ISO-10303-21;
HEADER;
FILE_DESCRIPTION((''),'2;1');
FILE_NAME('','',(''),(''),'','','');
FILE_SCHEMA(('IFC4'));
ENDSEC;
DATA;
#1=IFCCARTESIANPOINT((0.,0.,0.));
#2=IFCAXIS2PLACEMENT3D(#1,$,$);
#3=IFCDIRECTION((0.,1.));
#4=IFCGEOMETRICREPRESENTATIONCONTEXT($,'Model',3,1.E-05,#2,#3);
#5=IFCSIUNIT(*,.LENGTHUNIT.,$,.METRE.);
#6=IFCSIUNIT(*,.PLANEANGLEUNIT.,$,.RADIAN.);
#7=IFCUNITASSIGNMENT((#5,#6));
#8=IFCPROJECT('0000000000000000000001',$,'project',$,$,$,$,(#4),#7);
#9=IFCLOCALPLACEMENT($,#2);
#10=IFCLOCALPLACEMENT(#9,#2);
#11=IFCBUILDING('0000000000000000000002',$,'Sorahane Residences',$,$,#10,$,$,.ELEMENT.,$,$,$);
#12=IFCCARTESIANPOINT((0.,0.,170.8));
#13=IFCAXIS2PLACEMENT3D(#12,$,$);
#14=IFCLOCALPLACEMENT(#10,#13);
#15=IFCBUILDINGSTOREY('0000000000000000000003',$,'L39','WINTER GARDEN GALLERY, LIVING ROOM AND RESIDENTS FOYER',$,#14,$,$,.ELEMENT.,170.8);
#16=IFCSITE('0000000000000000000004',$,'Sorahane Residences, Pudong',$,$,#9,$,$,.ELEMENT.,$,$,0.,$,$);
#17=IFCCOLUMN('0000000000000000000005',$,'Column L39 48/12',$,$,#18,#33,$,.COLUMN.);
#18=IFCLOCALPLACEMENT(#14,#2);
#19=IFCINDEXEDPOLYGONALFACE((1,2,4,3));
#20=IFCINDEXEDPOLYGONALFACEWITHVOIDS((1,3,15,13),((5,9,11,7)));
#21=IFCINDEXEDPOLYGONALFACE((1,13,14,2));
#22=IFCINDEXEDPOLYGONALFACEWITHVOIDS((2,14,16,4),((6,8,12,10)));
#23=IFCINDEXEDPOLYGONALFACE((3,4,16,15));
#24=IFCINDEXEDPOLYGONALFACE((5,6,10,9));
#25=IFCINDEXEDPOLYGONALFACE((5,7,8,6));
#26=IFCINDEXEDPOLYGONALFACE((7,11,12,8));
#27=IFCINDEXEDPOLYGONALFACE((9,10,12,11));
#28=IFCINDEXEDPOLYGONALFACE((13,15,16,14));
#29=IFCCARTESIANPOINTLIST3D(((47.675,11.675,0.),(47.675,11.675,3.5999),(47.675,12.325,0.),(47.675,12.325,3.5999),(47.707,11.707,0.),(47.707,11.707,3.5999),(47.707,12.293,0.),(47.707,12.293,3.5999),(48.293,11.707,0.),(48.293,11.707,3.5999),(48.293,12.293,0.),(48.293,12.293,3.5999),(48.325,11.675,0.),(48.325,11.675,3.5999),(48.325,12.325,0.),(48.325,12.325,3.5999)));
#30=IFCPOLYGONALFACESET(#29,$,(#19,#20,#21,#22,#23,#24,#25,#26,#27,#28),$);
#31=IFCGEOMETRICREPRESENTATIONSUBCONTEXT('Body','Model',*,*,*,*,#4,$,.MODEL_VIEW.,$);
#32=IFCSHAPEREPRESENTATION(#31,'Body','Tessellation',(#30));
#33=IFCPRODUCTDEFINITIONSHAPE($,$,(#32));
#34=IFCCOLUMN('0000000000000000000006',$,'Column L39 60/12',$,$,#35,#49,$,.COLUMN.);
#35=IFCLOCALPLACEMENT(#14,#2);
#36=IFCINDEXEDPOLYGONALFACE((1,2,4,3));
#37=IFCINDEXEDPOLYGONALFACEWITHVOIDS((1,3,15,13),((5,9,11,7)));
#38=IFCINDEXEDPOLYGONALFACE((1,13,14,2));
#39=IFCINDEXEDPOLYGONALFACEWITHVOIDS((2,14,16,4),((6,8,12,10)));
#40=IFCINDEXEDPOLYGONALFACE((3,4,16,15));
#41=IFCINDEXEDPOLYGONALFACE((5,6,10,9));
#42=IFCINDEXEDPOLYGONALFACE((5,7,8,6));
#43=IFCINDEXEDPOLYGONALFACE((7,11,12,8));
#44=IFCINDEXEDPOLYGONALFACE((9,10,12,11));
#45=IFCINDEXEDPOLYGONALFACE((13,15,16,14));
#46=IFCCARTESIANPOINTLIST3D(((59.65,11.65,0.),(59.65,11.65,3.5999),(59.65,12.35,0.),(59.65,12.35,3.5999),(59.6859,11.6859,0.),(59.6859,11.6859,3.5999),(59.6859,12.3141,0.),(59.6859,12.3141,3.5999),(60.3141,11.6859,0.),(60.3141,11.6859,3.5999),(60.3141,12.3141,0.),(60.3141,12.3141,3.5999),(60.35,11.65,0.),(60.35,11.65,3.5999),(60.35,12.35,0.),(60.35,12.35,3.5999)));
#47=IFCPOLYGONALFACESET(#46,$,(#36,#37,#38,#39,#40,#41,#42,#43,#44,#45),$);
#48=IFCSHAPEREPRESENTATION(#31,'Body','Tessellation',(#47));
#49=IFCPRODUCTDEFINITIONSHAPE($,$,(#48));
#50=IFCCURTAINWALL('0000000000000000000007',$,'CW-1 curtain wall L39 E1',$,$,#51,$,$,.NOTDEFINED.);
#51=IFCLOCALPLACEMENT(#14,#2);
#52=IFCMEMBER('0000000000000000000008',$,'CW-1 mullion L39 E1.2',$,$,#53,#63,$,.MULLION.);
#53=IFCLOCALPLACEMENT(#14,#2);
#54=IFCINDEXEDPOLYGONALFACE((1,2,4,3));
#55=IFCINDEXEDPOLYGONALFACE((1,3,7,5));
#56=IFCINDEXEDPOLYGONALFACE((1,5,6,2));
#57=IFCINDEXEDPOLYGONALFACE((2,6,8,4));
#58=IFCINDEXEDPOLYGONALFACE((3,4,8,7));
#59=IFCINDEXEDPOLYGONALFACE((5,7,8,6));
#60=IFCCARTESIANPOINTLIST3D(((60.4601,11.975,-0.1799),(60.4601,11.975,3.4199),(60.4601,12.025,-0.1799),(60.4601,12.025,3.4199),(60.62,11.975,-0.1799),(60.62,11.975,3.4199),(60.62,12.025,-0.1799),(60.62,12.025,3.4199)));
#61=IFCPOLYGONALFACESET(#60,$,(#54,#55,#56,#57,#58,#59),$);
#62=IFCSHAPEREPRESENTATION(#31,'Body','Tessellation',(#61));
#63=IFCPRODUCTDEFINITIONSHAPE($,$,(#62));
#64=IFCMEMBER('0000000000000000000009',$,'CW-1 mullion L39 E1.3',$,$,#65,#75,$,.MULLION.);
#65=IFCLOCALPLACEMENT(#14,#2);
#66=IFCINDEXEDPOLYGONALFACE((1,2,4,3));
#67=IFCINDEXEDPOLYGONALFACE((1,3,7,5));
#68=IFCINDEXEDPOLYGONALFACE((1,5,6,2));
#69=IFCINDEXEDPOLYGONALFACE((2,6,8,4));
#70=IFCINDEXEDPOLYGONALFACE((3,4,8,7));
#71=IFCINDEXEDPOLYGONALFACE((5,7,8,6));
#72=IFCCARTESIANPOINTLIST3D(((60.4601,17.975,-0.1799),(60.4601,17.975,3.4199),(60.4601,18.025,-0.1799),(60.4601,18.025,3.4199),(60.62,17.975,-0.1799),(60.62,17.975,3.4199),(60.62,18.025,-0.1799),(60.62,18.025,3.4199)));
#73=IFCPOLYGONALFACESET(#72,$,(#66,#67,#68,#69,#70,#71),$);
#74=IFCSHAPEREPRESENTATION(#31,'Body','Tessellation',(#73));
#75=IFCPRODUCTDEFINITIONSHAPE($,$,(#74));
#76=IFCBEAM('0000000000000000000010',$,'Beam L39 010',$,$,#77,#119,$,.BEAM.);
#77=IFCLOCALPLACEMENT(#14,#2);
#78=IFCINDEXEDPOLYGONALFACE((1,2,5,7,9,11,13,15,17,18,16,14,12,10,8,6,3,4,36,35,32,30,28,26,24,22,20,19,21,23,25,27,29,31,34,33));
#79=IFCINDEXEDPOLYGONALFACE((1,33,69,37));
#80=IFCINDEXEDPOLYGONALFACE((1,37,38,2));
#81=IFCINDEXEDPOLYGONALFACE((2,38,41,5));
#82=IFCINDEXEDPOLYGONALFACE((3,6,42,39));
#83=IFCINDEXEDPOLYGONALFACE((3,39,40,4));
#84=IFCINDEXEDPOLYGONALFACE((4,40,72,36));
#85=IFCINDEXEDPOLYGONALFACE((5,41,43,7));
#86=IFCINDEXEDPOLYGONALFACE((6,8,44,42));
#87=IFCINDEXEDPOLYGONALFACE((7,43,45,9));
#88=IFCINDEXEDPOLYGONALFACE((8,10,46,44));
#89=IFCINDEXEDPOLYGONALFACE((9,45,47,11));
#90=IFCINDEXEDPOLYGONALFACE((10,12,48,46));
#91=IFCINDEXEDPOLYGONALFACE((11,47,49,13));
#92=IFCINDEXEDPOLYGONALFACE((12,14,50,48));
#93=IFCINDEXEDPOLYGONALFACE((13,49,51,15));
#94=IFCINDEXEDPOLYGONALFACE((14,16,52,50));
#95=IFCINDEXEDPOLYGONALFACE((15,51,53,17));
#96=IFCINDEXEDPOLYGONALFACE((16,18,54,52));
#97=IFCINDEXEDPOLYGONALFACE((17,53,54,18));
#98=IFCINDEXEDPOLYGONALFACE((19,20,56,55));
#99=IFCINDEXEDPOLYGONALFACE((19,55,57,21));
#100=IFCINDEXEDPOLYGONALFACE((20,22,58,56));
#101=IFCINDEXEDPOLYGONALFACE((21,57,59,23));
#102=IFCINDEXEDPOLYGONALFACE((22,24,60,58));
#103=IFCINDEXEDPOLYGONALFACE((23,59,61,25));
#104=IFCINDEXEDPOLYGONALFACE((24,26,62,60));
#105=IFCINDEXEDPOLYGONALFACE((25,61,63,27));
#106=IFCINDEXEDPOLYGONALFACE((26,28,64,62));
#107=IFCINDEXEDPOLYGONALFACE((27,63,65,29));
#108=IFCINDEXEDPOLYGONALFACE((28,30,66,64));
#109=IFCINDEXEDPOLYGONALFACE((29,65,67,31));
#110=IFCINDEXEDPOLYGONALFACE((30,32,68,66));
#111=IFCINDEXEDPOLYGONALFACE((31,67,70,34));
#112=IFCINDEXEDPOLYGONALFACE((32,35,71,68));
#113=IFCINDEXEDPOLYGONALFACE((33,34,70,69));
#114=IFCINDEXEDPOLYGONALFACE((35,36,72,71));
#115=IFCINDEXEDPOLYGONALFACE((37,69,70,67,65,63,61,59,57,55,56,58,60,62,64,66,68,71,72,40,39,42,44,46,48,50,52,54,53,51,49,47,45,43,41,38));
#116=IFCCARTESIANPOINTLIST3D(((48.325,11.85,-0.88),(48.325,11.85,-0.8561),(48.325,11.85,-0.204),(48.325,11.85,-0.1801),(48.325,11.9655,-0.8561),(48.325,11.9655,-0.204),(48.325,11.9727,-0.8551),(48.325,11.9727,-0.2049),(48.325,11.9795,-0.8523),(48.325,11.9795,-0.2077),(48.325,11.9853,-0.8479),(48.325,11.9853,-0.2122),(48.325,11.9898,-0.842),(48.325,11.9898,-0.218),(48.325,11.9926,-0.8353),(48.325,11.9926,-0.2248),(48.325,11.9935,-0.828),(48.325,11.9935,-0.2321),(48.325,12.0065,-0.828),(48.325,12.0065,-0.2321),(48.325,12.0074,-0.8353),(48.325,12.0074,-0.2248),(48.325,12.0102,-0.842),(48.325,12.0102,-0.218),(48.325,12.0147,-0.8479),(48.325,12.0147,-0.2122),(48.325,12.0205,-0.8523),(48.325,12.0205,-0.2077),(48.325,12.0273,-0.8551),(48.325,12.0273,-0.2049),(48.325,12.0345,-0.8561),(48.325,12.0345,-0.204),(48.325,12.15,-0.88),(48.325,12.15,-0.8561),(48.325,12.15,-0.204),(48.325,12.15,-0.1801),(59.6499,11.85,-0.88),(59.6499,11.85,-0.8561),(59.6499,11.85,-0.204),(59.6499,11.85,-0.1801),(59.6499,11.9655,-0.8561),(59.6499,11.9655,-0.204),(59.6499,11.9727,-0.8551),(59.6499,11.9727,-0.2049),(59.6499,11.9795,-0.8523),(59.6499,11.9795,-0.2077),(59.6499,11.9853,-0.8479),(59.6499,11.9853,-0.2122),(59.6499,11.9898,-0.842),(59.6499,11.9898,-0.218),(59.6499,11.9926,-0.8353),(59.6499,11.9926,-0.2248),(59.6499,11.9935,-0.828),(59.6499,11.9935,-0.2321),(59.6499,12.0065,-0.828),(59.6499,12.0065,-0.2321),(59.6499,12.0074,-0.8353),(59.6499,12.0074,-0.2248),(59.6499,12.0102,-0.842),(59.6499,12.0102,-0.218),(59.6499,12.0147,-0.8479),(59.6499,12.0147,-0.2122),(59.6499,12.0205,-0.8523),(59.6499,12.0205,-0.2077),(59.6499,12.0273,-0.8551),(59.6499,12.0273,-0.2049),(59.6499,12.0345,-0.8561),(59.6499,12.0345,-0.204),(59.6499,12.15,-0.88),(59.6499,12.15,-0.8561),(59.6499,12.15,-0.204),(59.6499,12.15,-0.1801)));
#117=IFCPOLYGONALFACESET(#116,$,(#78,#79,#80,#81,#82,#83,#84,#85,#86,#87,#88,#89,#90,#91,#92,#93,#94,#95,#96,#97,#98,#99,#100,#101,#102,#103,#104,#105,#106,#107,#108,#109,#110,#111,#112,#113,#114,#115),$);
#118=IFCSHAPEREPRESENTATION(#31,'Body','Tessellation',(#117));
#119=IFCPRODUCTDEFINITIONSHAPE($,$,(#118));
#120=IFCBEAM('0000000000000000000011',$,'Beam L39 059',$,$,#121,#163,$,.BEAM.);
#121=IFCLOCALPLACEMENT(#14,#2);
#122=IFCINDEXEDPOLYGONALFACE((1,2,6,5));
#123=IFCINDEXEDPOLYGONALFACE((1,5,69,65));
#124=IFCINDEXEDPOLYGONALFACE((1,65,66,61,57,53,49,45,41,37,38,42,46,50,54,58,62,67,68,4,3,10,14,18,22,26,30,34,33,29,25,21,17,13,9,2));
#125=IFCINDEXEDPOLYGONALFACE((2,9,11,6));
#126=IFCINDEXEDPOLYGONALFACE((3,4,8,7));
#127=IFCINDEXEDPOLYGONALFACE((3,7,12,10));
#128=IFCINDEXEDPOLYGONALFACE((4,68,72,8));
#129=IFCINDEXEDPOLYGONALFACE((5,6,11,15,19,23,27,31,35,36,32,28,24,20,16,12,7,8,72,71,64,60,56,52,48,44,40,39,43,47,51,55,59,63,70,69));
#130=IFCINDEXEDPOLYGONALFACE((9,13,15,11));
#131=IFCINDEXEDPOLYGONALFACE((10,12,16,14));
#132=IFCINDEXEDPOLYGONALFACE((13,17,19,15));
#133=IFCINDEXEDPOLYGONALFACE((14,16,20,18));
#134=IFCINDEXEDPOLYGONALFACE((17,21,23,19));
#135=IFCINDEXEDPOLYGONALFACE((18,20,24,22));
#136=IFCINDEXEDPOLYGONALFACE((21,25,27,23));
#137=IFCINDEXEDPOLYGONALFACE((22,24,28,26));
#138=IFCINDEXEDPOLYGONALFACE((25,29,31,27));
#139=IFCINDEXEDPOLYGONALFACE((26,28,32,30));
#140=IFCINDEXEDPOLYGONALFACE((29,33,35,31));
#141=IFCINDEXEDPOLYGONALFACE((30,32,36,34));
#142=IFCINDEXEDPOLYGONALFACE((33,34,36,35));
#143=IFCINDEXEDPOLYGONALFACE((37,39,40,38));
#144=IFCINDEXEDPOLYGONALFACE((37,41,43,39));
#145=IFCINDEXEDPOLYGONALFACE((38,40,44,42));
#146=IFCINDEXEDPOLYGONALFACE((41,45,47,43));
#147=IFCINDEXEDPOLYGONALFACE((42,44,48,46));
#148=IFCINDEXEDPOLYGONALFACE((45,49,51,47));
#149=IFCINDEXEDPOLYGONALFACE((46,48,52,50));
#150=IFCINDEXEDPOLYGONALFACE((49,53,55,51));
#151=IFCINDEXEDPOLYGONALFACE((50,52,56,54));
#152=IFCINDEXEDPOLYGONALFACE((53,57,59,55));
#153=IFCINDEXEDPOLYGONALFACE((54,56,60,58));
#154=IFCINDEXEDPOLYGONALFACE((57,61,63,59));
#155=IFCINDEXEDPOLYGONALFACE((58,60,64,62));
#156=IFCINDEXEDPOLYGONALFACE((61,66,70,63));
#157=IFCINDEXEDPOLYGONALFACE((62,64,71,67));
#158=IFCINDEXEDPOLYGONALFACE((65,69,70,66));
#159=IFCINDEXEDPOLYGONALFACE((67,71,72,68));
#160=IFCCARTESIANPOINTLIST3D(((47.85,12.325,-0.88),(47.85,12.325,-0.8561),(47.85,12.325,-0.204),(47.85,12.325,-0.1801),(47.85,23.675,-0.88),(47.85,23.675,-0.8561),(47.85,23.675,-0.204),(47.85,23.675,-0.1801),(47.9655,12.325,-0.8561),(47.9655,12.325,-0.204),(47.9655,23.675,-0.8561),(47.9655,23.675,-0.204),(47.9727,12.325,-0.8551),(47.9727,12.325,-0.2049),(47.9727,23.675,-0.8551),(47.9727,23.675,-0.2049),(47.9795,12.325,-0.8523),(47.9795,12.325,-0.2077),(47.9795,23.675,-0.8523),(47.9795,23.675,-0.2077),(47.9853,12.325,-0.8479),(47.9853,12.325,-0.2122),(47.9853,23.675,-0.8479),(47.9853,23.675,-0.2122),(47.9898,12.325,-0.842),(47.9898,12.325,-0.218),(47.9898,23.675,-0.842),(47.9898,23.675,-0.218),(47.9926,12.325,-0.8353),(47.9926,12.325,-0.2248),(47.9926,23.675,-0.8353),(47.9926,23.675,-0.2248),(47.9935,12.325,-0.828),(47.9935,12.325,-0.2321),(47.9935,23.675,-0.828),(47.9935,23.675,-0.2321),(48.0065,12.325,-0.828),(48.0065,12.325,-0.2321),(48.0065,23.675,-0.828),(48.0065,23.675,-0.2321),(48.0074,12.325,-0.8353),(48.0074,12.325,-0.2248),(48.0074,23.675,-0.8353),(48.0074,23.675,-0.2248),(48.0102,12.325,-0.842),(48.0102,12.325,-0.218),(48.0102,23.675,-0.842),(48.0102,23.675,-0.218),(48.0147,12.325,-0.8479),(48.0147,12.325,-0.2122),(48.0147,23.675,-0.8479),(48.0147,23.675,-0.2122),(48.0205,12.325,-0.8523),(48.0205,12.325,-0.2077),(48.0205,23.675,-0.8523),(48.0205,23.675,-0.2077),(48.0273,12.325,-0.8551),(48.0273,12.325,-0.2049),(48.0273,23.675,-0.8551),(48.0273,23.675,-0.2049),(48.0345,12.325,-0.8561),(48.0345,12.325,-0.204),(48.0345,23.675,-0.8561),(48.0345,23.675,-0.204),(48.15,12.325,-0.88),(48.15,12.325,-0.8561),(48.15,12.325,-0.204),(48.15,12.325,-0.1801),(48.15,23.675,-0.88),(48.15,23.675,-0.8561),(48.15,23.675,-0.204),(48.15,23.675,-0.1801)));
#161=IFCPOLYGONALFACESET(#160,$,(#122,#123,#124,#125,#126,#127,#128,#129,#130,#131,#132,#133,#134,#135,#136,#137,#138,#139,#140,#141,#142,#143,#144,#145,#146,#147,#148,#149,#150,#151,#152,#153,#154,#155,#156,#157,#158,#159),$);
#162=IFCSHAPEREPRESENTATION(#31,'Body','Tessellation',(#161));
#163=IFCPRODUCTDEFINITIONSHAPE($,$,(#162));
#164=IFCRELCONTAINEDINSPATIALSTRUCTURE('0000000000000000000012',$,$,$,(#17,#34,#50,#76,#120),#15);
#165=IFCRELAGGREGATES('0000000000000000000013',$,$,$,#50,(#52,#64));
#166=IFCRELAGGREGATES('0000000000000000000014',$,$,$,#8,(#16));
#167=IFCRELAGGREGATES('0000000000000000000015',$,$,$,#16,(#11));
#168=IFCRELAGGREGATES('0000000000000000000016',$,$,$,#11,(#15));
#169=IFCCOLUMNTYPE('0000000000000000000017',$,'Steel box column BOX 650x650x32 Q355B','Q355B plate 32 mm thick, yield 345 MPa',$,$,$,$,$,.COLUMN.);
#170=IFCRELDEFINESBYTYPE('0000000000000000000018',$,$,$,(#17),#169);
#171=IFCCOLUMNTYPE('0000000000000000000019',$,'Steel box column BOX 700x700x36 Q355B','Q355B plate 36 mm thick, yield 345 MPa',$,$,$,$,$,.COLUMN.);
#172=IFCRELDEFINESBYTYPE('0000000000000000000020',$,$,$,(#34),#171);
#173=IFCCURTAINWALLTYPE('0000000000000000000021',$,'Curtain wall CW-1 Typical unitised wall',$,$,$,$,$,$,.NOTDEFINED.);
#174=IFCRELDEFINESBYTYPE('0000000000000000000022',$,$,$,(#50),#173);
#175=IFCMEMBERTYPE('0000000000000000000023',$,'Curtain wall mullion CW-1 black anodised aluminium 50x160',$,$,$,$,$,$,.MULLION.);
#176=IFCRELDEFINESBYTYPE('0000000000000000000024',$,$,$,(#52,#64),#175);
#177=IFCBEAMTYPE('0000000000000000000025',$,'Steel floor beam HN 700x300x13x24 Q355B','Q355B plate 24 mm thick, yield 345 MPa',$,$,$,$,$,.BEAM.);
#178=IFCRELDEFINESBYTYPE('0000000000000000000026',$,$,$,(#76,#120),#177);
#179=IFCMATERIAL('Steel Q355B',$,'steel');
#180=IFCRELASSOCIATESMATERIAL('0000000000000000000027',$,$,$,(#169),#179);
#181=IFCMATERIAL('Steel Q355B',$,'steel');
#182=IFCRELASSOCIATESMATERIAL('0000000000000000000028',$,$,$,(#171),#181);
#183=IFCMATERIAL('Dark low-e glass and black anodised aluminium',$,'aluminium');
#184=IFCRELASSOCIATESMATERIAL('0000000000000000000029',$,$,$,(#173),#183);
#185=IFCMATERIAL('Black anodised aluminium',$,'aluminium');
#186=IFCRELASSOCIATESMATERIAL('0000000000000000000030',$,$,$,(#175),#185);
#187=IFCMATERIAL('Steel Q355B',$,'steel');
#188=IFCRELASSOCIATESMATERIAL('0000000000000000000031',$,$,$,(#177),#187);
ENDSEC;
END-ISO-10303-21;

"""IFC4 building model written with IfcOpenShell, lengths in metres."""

from ifc_helpers import new_model, si_unit, direction, frame, origin, origin_2d, place, context, subcontext, project, spatial, rectangle, hollow_rectangle, i_section, extrude, material, material_profile, profile_set, type_object, element, aggregate, save


model = new_model("IFC4")

# Units and contexts
model_context = context("Model", 3, precision=1e-05, world=origin(), true_north=direction((0.0, 1.0)))
body_context = subcontext(model_context, "Body", "Model", "MODEL_VIEW")
ifc_project = project(units=[si_unit("LENGTHUNIT", "METRE"), si_unit("PLANEANGLEUNIT", "RADIAN")], contexts=[model_context])

# Site, building, storey
site_placement = place(None, origin())
site = spatial("IfcSite", under=ifc_project, at=site_placement, Name="Sorahane Residences, Pudong", CompositionType="ELEMENT", RefElevation=0.0)
building_placement = place(site_placement, origin())
building = spatial("IfcBuilding", under=site, at=building_placement, Name="Sorahane Residences", CompositionType="ELEMENT")
storey_placement = place(building_placement, frame((0.0, 0.0, 170.8)))
storey = spatial("IfcBuildingStorey", under=building, at=storey_placement, Name="L39", Description="WINTER GARDEN GALLERY, LIVING ROOM AND RESIDENTS FOYER", CompositionType="ELEMENT", Elevation=170.8)

# Columns
ifc_material_1 = material(Name="Steel Q355B", Category="steel")
ifc_material_profile_1 = material_profile(ifc_material_1, hollow_rectangle(XDim=0.6499, YDim=0.6499, WallThickness=0.032, at=origin_2d()), Name="BOX 650x650x32")
ifc_profile_set_1 = profile_set([ifc_material_profile_1], Name="Steel Q355B")
column_type_1 = type_object("IfcColumnType", Name="Steel box column BOX 650x650x32 Q355B", Description="Q355B plate 32 mm thick, yield 345 MPa", PredefinedType="COLUMN", material=ifc_profile_set_1)
column_1_placement = place(storey_placement, frame((48.0, 12.0, 0.0), z_axis=(0.0, 0.0, 1.0), x_axis=(1.0, 0.0, 0.0)))
element("IfcColumn", 1, at=column_1_placement, inside=storey, type_object=column_type_1, Name="Column L39 48/12", PredefinedType="COLUMN", context=body_context, shape_type="SweptSolid", body=[
    extrude(hollow_rectangle(XDim=0.6499, YDim=0.6499, WallThickness=0.032, at=origin_2d()), origin(), (0.0, 0.0, 1.0), 3.5999),
])
ifc_material_2 = material(Name="Steel Q355B", Category="steel")
ifc_material_profile_2 = material_profile(ifc_material_2, hollow_rectangle(XDim=0.7, YDim=0.7, WallThickness=0.0359, at=origin_2d()), Name="BOX 700x700x36")
ifc_profile_set_2 = profile_set([ifc_material_profile_2], Name="Steel Q355B")
column_type_2 = type_object("IfcColumnType", Name="Steel box column BOX 700x700x36 Q355B", Description="Q355B plate 36 mm thick, yield 345 MPa", PredefinedType="COLUMN", material=ifc_profile_set_2)
column_2_placement = place(storey_placement, frame((60.0, 12.0, 0.0), z_axis=(0.0, 0.0, 1.0), x_axis=(1.0, 0.0, 0.0)))
element("IfcColumn", 2, at=column_2_placement, inside=storey, type_object=column_type_2, Name="Column L39 60/12", PredefinedType="COLUMN", context=body_context, shape_type="SweptSolid", body=[
    extrude(hollow_rectangle(XDim=0.7, YDim=0.7, WallThickness=0.0359, at=origin_2d()), origin(), (0.0, 0.0, 1.0), 3.5999),
])

# Curtain wall, members
ifc_material_3 = material(Name="Dark low-e glass and black anodised aluminium", Category="aluminium")
curtain_wall_type = type_object("IfcCurtainWallType", Name="Curtain wall CW-1 Typical unitised wall", PredefinedType="NOTDEFINED", material=ifc_material_3)
curtain_wall_placement = place(storey_placement, origin())
curtain_wall = element("IfcCurtainWall", 3, at=curtain_wall_placement, inside=storey, type_object=curtain_wall_type, Name="CW-1 curtain wall L39 E1", PredefinedType="NOTDEFINED")
ifc_material_4 = material(Name="Black anodised aluminium", Category="aluminium")
ifc_material_profile_3 = material_profile(ifc_material_4, rectangle(XDim=0.1599, YDim=0.05, at=origin_2d()), Name="Curtain wall mullion CW-1 black anodised aluminium 50x160")
ifc_profile_set_3 = profile_set([ifc_material_profile_3], Name="Black anodised aluminium")
member_type = type_object("IfcMemberType", Name="Curtain wall mullion CW-1 black anodised aluminium 50x160", PredefinedType="MULLION", material=ifc_profile_set_3)
member_1_placement = place(storey_placement, frame((60.54, 12.0, -0.1799), z_axis=(0.0, 0.0, 1.0), x_axis=(1.0, 0.0, 0.0)))
member_1 = element("IfcMember", 4, at=member_1_placement, type_object=member_type, Name="CW-1 mullion L39 E1.2", PredefinedType="MULLION", context=body_context, shape_type="SweptSolid", body=[
    extrude(rectangle(XDim=0.1599, YDim=0.05, at=origin_2d()), origin(), (0.0, 0.0, 1.0), 3.5999),
])
member_2_placement = place(storey_placement, frame((60.54, 18.0, -0.1799), z_axis=(0.0, 0.0, 1.0), x_axis=(1.0, 0.0, 0.0)))
member_2 = element("IfcMember", 5, at=member_2_placement, type_object=member_type, Name="CW-1 mullion L39 E1.3", PredefinedType="MULLION", context=body_context, shape_type="SweptSolid", body=[
    extrude(rectangle(XDim=0.1599, YDim=0.05, at=origin_2d()), origin(), (0.0, 0.0, 1.0), 3.5999),
])

# Beams
ifc_material_5 = material(Name="Steel Q355B", Category="steel")
ifc_material_profile_4 = material_profile(ifc_material_5, i_section(OverallWidth=0.3, OverallDepth=0.7, WebThickness=0.0129, FlangeThickness=0.0239, FilletRadius=0.0281, at=origin_2d()), Name="HN 700x300x13x24")
ifc_profile_set_4 = profile_set([ifc_material_profile_4], Name="Steel Q355B")
beam_type = type_object("IfcBeamType", Name="Steel floor beam HN 700x300x13x24 Q355B", Description="Q355B plate 24 mm thick, yield 345 MPa", PredefinedType="BEAM", material=ifc_profile_set_4)
beam_1_placement = place(storey_placement, frame((48.325, 12.0, -0.53), z_axis=(1.0, 0.0, 0.0), x_axis=(0.0, 1.0, 0.0)))
element("IfcBeam", 6, at=beam_1_placement, inside=storey, type_object=beam_type, Name="Beam L39 010", PredefinedType="BEAM", context=body_context, shape_type="SweptSolid", body=[
    extrude(i_section(OverallWidth=0.3, OverallDepth=0.7, WebThickness=0.0129, FlangeThickness=0.0239, FilletRadius=0.0281, at=origin_2d()), origin(), (0.0, 0.0, 1.0), 11.325),
])
beam_2_placement = place(storey_placement, frame((48.0, 12.325, -0.53), z_axis=(0.0, 1.0, 0.0), x_axis=(-1.0, 0.0, 0.0)))
element("IfcBeam", 7, at=beam_2_placement, inside=storey, type_object=beam_type, Name="Beam L39 059", PredefinedType="BEAM", context=body_context, shape_type="SweptSolid", body=[
    extrude(i_section(OverallWidth=0.3, OverallDepth=0.7, WebThickness=0.0129, FlangeThickness=0.0239, FilletRadius=0.0281, at=origin_2d()), origin(), (0.0, 0.0, 1.0), 11.3501),
])

aggregate(curtain_wall, [member_1, member_2])

save(model, "model.ifc")
